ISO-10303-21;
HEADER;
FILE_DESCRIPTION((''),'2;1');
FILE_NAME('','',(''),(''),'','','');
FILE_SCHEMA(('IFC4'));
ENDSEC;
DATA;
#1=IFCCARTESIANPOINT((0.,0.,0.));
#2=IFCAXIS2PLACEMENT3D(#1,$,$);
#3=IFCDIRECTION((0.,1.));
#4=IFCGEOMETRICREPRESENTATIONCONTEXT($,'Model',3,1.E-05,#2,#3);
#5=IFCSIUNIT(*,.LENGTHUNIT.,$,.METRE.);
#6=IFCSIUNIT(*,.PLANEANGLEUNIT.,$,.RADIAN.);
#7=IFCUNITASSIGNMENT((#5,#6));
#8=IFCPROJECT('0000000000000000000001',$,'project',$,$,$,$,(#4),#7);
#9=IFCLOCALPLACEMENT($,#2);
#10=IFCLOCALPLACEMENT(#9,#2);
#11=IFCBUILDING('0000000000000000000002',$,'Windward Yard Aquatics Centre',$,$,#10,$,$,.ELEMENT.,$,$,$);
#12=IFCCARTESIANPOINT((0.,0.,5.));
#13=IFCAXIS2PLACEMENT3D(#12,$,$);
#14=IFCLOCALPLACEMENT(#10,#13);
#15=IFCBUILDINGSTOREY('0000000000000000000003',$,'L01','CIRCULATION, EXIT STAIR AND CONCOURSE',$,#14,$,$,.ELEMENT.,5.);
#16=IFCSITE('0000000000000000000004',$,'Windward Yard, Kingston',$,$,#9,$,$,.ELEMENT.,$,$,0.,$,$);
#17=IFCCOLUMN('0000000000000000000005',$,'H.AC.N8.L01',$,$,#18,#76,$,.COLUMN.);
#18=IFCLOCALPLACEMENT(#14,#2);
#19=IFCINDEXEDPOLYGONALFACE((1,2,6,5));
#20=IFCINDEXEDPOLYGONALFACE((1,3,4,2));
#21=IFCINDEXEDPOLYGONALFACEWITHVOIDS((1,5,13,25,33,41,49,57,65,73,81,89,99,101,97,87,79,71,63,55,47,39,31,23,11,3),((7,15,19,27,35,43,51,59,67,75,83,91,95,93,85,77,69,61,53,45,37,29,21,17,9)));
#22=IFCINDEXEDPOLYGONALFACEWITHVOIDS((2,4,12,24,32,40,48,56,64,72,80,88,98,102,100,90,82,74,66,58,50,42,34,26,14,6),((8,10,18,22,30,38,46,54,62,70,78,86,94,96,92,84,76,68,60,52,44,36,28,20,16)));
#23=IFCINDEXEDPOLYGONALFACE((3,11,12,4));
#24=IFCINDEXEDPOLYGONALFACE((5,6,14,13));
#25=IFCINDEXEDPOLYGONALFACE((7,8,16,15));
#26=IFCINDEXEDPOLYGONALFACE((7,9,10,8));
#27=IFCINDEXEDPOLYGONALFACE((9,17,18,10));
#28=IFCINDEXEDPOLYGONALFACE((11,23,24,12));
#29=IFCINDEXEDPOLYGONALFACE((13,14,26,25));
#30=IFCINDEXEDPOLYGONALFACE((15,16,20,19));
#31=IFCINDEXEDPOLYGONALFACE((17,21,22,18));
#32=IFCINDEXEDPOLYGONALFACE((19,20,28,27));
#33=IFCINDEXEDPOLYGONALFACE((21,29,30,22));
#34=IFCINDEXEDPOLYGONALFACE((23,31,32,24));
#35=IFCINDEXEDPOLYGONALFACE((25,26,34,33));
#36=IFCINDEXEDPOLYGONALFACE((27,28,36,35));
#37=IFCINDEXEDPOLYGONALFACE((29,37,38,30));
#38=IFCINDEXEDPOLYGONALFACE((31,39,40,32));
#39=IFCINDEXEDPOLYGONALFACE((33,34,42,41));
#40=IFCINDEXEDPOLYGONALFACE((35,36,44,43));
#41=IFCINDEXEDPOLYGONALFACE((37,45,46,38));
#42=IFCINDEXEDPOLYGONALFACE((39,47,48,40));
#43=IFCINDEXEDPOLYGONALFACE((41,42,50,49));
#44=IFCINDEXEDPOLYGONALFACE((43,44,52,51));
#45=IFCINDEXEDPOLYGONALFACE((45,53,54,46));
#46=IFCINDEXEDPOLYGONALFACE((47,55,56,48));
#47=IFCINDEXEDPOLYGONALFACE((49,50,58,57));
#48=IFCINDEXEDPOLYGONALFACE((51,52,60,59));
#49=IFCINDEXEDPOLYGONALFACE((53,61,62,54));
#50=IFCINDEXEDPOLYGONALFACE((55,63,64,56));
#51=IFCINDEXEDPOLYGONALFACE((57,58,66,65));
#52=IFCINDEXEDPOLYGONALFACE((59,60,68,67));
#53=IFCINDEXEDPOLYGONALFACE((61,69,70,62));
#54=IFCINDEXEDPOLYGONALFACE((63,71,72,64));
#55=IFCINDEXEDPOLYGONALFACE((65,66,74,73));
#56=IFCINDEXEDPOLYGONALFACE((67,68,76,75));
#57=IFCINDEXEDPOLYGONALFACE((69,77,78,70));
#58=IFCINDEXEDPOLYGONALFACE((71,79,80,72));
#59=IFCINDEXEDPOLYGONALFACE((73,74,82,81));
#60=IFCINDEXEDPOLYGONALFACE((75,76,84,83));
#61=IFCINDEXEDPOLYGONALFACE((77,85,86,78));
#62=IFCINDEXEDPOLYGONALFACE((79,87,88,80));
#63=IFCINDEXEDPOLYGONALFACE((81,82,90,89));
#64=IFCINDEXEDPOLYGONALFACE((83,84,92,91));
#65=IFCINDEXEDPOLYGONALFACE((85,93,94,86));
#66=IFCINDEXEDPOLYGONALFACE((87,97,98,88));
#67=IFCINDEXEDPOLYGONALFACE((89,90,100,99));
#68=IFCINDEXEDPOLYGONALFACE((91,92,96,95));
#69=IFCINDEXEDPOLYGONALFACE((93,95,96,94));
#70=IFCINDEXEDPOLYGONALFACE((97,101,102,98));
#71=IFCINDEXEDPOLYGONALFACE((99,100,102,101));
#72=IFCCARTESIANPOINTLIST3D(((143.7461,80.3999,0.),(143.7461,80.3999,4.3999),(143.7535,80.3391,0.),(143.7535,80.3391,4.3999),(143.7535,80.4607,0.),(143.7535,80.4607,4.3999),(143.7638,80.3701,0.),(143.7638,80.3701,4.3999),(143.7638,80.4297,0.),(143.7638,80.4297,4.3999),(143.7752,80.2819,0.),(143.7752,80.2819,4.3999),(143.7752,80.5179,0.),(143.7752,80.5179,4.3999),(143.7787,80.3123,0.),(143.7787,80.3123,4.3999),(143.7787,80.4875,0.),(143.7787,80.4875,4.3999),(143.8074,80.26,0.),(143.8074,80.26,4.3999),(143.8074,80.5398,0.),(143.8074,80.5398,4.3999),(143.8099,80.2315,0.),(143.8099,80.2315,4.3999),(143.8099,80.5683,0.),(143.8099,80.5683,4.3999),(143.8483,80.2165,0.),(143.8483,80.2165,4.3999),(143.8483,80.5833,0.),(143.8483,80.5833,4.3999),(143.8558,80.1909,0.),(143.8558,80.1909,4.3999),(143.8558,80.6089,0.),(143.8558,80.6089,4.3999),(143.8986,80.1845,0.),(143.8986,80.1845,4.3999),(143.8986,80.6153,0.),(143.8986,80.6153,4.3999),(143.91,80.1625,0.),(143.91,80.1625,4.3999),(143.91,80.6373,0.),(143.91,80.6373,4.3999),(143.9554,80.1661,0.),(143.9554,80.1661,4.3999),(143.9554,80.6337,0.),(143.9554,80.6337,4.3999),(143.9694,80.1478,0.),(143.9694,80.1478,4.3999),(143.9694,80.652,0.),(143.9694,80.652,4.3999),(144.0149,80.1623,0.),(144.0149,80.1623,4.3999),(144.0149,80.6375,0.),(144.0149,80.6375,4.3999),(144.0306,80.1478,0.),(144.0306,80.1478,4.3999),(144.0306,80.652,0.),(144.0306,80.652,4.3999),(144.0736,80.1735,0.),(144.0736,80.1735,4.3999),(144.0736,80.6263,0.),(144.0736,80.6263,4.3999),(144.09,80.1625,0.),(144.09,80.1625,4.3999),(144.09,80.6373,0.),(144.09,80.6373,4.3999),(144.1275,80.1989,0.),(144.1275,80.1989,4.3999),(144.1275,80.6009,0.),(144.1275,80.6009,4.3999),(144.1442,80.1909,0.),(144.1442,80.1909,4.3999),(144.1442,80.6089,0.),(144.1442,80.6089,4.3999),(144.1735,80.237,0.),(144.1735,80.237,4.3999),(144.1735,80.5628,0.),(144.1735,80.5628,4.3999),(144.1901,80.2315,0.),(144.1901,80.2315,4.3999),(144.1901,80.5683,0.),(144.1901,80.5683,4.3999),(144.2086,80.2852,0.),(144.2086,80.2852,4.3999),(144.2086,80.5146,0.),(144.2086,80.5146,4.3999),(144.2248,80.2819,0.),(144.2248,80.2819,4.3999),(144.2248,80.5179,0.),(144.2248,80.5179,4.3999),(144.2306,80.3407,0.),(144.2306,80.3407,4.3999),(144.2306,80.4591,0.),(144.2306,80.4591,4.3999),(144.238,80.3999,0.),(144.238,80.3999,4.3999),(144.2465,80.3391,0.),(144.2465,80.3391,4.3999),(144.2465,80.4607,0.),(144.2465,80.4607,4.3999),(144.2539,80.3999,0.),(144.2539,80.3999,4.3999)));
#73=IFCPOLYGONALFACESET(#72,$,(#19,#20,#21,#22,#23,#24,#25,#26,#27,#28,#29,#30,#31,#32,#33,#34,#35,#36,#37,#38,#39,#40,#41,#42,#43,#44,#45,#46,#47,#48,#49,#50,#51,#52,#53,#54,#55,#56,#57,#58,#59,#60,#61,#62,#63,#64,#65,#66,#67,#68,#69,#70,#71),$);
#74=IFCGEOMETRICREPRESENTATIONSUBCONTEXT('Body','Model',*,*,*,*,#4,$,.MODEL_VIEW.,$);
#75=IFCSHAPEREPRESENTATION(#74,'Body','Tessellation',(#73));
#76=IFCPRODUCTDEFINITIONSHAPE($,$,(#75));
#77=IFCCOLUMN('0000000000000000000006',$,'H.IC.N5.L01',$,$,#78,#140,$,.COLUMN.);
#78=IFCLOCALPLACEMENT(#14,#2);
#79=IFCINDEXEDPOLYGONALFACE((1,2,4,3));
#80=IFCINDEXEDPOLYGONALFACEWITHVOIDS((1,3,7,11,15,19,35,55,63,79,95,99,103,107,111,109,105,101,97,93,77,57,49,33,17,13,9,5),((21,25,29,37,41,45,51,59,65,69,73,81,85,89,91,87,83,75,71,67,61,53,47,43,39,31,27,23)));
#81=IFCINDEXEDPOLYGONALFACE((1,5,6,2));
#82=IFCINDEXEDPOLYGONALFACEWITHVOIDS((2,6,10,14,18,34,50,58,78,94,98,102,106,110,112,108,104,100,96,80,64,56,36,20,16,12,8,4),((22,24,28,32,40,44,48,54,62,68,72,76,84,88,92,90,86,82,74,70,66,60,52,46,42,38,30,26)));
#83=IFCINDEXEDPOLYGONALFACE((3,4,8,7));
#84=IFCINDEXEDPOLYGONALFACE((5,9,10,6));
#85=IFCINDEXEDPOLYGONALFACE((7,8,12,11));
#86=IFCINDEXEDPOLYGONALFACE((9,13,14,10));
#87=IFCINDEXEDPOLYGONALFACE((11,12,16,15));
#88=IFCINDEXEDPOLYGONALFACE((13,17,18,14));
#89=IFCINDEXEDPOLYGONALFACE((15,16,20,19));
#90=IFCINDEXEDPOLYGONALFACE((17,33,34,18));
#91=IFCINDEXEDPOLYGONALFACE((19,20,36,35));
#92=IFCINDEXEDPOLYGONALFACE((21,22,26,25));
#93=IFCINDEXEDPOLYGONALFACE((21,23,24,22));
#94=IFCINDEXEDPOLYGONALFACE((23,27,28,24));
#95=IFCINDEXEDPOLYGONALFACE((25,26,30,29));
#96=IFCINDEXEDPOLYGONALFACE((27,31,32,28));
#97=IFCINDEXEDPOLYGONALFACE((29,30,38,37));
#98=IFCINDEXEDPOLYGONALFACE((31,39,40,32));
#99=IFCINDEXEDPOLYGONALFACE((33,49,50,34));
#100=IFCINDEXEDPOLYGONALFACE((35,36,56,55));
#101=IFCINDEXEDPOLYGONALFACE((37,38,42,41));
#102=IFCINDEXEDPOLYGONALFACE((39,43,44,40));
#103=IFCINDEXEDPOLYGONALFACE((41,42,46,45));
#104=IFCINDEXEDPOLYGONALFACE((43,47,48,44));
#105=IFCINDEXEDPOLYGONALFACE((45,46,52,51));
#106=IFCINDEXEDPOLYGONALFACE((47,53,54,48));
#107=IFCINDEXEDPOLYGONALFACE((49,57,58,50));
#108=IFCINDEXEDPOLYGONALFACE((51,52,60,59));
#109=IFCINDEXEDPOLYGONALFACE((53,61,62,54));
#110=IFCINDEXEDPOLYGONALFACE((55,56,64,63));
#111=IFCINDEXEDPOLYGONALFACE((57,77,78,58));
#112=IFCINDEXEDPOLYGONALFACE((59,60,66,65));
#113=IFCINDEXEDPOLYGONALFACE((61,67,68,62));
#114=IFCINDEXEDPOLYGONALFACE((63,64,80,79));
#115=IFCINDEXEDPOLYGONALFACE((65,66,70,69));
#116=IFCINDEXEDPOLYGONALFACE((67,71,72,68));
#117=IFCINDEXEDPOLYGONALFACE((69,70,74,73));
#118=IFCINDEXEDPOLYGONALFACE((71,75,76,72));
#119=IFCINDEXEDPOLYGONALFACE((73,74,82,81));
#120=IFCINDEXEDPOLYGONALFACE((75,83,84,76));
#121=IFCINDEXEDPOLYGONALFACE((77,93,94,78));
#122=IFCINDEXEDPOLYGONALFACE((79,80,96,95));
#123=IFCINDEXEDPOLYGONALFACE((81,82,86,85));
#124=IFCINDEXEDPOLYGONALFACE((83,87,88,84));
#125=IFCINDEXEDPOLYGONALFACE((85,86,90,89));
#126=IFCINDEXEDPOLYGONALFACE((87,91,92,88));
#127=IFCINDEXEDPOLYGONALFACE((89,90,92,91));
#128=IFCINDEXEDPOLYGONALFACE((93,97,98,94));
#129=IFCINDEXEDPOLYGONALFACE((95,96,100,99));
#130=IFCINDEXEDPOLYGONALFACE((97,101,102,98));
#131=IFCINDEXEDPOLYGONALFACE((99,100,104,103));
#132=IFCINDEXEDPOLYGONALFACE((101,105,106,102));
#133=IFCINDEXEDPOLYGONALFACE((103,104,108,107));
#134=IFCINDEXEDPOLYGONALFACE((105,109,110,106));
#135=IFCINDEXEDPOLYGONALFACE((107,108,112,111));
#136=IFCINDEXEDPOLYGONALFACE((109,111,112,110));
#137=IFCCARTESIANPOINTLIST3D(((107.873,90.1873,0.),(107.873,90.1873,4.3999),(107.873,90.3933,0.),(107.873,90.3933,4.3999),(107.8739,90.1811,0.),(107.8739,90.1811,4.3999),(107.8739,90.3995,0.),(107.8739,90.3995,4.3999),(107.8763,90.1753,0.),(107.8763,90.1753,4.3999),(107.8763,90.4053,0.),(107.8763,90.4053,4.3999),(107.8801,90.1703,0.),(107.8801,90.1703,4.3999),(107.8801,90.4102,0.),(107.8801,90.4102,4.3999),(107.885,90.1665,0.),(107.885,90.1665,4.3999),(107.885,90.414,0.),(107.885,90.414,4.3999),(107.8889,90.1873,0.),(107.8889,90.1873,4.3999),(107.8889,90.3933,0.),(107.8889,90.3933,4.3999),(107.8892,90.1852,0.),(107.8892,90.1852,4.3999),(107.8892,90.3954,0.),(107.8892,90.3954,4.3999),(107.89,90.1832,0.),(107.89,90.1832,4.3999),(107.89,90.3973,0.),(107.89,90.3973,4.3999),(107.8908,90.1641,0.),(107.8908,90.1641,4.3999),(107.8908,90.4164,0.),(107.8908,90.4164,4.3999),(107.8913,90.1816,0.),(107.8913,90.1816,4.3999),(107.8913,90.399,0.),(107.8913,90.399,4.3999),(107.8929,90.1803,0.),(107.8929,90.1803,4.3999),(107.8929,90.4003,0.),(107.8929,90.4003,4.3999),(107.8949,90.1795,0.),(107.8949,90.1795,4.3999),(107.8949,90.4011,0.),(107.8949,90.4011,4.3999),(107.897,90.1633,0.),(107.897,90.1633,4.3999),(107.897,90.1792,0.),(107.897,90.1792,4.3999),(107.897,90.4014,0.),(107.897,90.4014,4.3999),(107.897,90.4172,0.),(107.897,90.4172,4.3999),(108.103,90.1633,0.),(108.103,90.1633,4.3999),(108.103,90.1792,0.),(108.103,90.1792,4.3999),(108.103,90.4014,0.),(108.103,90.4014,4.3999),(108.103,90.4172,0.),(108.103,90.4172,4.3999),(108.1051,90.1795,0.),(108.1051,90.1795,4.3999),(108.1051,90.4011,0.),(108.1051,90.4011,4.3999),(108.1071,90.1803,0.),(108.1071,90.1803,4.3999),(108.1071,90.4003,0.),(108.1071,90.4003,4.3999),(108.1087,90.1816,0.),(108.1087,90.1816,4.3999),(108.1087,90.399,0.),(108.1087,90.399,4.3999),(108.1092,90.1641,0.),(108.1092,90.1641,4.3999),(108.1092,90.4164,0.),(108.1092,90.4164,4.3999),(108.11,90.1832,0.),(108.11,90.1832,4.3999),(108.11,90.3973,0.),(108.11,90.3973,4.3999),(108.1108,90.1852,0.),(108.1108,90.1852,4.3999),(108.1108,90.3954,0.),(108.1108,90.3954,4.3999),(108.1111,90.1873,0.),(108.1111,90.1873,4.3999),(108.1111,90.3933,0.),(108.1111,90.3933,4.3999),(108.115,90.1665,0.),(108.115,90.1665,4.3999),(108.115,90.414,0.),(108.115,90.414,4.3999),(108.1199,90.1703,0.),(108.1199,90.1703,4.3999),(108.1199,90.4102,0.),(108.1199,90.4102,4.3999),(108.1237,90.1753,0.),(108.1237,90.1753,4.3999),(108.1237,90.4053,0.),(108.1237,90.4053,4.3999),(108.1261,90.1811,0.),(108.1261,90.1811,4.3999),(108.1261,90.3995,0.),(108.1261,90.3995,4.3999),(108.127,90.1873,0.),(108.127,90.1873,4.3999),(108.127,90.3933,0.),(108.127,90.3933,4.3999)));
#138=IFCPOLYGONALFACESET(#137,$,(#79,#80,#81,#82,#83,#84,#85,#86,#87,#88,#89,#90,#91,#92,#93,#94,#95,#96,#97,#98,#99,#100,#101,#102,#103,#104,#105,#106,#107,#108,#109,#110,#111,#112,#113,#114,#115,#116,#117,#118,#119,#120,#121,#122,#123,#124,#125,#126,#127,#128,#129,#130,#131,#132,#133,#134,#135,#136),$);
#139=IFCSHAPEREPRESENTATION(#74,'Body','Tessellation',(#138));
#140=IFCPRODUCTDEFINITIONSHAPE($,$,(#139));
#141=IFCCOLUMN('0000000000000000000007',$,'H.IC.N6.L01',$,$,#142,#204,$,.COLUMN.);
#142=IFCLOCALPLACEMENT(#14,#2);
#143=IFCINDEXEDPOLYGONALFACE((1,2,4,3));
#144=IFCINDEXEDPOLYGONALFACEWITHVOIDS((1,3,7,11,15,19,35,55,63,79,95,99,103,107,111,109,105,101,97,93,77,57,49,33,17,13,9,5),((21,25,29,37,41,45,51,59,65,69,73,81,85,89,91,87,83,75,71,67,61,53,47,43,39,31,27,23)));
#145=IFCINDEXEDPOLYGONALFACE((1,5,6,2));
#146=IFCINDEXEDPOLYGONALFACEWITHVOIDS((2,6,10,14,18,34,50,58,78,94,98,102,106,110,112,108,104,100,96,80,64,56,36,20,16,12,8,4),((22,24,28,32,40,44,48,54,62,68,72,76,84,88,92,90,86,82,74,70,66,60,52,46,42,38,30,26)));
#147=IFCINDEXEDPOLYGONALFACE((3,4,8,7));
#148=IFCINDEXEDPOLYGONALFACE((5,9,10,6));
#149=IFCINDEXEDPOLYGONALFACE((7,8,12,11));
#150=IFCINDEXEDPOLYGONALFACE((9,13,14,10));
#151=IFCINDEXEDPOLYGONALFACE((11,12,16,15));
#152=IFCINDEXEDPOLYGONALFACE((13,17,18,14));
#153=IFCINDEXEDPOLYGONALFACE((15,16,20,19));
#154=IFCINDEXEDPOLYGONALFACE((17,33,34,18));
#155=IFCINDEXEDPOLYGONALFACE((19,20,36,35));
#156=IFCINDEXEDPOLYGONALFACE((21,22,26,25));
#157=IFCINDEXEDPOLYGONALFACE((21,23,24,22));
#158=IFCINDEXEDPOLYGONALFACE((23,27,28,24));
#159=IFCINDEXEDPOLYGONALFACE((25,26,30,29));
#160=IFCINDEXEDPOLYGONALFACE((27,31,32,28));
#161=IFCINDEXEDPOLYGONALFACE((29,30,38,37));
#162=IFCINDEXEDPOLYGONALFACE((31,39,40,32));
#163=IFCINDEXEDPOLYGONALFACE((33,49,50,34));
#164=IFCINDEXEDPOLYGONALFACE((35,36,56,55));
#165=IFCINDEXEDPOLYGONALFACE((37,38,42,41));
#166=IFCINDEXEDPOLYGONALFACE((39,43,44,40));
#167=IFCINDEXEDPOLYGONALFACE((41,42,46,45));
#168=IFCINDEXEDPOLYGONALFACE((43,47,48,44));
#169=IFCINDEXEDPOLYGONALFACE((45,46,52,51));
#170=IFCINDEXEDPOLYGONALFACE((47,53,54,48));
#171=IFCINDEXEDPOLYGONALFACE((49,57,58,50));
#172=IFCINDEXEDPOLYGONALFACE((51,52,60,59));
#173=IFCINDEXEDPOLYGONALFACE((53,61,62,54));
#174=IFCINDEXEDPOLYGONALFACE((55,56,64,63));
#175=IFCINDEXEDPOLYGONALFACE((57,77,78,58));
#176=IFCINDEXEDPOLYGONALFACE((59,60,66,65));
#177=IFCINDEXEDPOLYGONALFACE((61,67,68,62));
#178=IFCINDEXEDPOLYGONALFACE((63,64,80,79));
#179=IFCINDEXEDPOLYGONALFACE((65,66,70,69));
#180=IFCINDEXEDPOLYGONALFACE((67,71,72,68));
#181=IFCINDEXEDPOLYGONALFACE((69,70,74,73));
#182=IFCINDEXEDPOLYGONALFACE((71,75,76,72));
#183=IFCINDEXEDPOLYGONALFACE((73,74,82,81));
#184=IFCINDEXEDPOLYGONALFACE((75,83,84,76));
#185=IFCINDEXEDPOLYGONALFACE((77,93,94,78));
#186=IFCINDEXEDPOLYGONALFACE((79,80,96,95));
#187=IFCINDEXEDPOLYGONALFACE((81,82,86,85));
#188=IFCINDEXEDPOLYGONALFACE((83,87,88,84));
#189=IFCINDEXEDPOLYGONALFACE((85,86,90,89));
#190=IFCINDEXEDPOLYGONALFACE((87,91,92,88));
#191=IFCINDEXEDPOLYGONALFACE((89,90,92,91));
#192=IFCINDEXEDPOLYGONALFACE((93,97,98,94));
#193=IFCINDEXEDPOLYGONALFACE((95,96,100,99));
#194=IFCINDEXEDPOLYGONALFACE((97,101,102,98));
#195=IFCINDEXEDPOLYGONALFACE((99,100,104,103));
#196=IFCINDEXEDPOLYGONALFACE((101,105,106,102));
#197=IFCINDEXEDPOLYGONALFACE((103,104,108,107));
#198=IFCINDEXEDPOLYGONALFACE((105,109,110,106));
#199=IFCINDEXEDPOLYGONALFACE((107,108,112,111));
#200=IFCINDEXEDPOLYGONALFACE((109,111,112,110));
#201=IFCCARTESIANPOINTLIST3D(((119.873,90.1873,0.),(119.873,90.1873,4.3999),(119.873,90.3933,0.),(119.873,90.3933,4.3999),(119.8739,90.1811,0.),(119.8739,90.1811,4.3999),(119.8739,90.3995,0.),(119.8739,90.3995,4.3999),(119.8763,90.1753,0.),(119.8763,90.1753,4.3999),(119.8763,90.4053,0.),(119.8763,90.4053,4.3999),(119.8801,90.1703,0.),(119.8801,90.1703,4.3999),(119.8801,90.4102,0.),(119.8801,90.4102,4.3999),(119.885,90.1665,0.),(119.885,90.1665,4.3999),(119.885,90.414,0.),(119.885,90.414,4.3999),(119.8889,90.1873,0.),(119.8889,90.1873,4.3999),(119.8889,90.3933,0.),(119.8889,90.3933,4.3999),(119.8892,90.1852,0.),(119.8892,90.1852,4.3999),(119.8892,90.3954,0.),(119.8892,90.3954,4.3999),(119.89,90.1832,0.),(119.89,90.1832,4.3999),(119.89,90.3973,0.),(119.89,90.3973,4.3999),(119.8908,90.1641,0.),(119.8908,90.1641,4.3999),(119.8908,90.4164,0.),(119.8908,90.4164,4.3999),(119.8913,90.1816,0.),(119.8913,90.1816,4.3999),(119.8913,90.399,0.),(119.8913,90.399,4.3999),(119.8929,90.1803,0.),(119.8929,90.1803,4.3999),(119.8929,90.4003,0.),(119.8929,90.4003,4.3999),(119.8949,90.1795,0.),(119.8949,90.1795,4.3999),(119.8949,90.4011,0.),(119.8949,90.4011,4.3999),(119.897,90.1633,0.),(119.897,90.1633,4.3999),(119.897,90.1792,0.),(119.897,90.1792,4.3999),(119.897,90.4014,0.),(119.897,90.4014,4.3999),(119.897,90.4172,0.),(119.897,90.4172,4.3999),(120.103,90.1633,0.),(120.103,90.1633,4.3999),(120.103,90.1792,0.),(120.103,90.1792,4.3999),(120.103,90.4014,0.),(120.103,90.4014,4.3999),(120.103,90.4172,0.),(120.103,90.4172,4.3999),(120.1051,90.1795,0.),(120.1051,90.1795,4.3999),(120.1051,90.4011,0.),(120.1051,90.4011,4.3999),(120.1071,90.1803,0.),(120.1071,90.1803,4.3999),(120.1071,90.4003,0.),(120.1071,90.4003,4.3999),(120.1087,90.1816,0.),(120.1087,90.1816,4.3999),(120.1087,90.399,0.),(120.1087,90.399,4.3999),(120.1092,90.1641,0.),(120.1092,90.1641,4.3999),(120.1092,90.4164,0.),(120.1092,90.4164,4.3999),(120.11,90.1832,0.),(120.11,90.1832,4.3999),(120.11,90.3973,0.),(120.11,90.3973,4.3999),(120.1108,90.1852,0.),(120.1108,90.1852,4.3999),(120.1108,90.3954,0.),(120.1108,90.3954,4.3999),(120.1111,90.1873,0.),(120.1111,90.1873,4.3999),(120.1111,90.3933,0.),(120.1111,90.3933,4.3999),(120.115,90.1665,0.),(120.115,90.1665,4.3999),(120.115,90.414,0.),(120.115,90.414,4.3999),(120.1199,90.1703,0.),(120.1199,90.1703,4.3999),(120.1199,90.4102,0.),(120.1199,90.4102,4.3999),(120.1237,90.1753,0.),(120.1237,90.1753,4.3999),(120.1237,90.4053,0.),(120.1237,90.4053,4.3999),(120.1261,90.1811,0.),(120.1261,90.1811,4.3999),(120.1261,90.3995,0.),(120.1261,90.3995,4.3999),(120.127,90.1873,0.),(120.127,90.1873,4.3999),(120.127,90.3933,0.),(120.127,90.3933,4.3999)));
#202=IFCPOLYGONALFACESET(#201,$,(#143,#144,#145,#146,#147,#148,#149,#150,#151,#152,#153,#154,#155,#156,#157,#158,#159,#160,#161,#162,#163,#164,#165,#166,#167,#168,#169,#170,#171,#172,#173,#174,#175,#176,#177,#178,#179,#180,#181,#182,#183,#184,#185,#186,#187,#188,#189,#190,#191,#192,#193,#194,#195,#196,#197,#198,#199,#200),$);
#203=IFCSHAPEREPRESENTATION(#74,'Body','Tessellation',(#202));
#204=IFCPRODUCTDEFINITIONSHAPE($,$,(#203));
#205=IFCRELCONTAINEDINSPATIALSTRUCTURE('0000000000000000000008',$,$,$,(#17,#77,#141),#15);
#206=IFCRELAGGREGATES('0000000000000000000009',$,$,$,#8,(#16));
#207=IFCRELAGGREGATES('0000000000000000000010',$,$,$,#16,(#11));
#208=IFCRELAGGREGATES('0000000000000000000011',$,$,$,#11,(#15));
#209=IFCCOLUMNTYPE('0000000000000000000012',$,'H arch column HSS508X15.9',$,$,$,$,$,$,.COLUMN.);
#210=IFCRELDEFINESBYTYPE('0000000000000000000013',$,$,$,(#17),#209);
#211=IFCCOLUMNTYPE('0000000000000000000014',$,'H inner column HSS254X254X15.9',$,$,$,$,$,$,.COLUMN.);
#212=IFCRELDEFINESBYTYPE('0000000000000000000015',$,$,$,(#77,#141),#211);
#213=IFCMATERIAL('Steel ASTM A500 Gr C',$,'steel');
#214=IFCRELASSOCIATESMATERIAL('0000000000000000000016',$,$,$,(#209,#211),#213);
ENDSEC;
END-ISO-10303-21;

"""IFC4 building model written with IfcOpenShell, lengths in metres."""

from ifc_helpers import new_model, si_unit, direction, frame, origin, origin_2d, place, context, subcontext, project, spatial, hollow_rectangle, hollow_circle, extrude, material, material_profile, profile_set, type_object, element, save


model = new_model("IFC4")

# Units and contexts
model_context = context("Model", 3, precision=1e-05, world=origin(), true_north=direction((0.0, 1.0)))
body_context = subcontext(model_context, "Body", "Model", "MODEL_VIEW")
ifc_project = project(units=[si_unit("LENGTHUNIT", "METRE"), si_unit("PLANEANGLEUNIT", "RADIAN")], contexts=[model_context])

# Site, building, storey
site_placement = place(None, origin())
site = spatial("IfcSite", under=ifc_project, at=site_placement, Name="Windward Yard, Kingston", CompositionType="ELEMENT", RefElevation=0.0)
building_placement = place(site_placement, origin())
building = spatial("IfcBuilding", under=site, at=building_placement, Name="Windward Yard Aquatics Centre", CompositionType="ELEMENT")
storey_placement = place(building_placement, frame((0.0, 0.0, 5.0)))
storey = spatial("IfcBuildingStorey", under=building, at=storey_placement, Name="L01", Description="CIRCULATION, EXIT STAIR AND CONCOURSE", CompositionType="ELEMENT", Elevation=5.0)

# Columns
ifc_material_1 = material(Name="Steel ASTM A500 Gr C", Category="steel")
ifc_material_profile_1 = material_profile(ifc_material_1, hollow_circle(Radius=0.2539, WallThickness=0.0159, at=origin_2d()), Name="HSS508X15.9")
ifc_profile_set_1 = profile_set([ifc_material_profile_1], Name="Steel ASTM A500 Gr C")
column_type_1 = type_object("IfcColumnType", Name="H arch column HSS508X15.9", PredefinedType="COLUMN", material=ifc_profile_set_1)
for number, where, z_axis, x_axis, name in (
    (1, (144.0, 80.3999, 0.0), (0.0, 0.0, 1.0), (1.0, 0.0, 0.0), "H.AC.N8.L01"),
):
    element("IfcColumn", number, at=place(storey_placement, frame(where, z_axis=z_axis, x_axis=x_axis)), inside=storey, type_object=column_type_1, Name=name, PredefinedType="COLUMN", context=body_context, shape_type="SweptSolid", body=[
        extrude(hollow_circle(Radius=0.2539, WallThickness=0.0159, at=origin_2d()), origin(), (0.0, 0.0, 1.0), 4.3999),
    ])
ifc_material_profile_2 = material_profile(ifc_material_1, hollow_rectangle(XDim=0.2539, YDim=0.2539, WallThickness=0.0159, InnerFilletRadius=0.0081, OuterFilletRadius=0.0239, at=origin_2d()), Name="HSS254X254X15.9")
ifc_profile_set_2 = profile_set([ifc_material_profile_2], Name="Steel ASTM A500 Gr C")
column_type_2 = type_object("IfcColumnType", Name="H inner column HSS254X254X15.9", PredefinedType="COLUMN", material=ifc_profile_set_2)
for number, where, z_axis, x_axis, name in (
    (2, (108.0, 90.2903, 0.0), (0.0, 0.0, 1.0), (1.0, 0.0, 0.0), "H.IC.N5.L01"),
    (3, (120.0, 90.2903, 0.0), (0.0, 0.0, 1.0), (1.0, 0.0, 0.0), "H.IC.N6.L01"),
):
    element("IfcColumn", number, at=place(storey_placement, frame(where, z_axis=z_axis, x_axis=x_axis)), inside=storey, type_object=column_type_2, Name=name, PredefinedType="COLUMN", context=body_context, shape_type="SweptSolid", body=[
        extrude(hollow_rectangle(XDim=0.2539, YDim=0.2539, WallThickness=0.0159, InnerFilletRadius=0.0081, OuterFilletRadius=0.0239, at=origin_2d()), origin(), (0.0, 0.0, 1.0), 4.3999),
    ])

save(model, "model.ifc")
